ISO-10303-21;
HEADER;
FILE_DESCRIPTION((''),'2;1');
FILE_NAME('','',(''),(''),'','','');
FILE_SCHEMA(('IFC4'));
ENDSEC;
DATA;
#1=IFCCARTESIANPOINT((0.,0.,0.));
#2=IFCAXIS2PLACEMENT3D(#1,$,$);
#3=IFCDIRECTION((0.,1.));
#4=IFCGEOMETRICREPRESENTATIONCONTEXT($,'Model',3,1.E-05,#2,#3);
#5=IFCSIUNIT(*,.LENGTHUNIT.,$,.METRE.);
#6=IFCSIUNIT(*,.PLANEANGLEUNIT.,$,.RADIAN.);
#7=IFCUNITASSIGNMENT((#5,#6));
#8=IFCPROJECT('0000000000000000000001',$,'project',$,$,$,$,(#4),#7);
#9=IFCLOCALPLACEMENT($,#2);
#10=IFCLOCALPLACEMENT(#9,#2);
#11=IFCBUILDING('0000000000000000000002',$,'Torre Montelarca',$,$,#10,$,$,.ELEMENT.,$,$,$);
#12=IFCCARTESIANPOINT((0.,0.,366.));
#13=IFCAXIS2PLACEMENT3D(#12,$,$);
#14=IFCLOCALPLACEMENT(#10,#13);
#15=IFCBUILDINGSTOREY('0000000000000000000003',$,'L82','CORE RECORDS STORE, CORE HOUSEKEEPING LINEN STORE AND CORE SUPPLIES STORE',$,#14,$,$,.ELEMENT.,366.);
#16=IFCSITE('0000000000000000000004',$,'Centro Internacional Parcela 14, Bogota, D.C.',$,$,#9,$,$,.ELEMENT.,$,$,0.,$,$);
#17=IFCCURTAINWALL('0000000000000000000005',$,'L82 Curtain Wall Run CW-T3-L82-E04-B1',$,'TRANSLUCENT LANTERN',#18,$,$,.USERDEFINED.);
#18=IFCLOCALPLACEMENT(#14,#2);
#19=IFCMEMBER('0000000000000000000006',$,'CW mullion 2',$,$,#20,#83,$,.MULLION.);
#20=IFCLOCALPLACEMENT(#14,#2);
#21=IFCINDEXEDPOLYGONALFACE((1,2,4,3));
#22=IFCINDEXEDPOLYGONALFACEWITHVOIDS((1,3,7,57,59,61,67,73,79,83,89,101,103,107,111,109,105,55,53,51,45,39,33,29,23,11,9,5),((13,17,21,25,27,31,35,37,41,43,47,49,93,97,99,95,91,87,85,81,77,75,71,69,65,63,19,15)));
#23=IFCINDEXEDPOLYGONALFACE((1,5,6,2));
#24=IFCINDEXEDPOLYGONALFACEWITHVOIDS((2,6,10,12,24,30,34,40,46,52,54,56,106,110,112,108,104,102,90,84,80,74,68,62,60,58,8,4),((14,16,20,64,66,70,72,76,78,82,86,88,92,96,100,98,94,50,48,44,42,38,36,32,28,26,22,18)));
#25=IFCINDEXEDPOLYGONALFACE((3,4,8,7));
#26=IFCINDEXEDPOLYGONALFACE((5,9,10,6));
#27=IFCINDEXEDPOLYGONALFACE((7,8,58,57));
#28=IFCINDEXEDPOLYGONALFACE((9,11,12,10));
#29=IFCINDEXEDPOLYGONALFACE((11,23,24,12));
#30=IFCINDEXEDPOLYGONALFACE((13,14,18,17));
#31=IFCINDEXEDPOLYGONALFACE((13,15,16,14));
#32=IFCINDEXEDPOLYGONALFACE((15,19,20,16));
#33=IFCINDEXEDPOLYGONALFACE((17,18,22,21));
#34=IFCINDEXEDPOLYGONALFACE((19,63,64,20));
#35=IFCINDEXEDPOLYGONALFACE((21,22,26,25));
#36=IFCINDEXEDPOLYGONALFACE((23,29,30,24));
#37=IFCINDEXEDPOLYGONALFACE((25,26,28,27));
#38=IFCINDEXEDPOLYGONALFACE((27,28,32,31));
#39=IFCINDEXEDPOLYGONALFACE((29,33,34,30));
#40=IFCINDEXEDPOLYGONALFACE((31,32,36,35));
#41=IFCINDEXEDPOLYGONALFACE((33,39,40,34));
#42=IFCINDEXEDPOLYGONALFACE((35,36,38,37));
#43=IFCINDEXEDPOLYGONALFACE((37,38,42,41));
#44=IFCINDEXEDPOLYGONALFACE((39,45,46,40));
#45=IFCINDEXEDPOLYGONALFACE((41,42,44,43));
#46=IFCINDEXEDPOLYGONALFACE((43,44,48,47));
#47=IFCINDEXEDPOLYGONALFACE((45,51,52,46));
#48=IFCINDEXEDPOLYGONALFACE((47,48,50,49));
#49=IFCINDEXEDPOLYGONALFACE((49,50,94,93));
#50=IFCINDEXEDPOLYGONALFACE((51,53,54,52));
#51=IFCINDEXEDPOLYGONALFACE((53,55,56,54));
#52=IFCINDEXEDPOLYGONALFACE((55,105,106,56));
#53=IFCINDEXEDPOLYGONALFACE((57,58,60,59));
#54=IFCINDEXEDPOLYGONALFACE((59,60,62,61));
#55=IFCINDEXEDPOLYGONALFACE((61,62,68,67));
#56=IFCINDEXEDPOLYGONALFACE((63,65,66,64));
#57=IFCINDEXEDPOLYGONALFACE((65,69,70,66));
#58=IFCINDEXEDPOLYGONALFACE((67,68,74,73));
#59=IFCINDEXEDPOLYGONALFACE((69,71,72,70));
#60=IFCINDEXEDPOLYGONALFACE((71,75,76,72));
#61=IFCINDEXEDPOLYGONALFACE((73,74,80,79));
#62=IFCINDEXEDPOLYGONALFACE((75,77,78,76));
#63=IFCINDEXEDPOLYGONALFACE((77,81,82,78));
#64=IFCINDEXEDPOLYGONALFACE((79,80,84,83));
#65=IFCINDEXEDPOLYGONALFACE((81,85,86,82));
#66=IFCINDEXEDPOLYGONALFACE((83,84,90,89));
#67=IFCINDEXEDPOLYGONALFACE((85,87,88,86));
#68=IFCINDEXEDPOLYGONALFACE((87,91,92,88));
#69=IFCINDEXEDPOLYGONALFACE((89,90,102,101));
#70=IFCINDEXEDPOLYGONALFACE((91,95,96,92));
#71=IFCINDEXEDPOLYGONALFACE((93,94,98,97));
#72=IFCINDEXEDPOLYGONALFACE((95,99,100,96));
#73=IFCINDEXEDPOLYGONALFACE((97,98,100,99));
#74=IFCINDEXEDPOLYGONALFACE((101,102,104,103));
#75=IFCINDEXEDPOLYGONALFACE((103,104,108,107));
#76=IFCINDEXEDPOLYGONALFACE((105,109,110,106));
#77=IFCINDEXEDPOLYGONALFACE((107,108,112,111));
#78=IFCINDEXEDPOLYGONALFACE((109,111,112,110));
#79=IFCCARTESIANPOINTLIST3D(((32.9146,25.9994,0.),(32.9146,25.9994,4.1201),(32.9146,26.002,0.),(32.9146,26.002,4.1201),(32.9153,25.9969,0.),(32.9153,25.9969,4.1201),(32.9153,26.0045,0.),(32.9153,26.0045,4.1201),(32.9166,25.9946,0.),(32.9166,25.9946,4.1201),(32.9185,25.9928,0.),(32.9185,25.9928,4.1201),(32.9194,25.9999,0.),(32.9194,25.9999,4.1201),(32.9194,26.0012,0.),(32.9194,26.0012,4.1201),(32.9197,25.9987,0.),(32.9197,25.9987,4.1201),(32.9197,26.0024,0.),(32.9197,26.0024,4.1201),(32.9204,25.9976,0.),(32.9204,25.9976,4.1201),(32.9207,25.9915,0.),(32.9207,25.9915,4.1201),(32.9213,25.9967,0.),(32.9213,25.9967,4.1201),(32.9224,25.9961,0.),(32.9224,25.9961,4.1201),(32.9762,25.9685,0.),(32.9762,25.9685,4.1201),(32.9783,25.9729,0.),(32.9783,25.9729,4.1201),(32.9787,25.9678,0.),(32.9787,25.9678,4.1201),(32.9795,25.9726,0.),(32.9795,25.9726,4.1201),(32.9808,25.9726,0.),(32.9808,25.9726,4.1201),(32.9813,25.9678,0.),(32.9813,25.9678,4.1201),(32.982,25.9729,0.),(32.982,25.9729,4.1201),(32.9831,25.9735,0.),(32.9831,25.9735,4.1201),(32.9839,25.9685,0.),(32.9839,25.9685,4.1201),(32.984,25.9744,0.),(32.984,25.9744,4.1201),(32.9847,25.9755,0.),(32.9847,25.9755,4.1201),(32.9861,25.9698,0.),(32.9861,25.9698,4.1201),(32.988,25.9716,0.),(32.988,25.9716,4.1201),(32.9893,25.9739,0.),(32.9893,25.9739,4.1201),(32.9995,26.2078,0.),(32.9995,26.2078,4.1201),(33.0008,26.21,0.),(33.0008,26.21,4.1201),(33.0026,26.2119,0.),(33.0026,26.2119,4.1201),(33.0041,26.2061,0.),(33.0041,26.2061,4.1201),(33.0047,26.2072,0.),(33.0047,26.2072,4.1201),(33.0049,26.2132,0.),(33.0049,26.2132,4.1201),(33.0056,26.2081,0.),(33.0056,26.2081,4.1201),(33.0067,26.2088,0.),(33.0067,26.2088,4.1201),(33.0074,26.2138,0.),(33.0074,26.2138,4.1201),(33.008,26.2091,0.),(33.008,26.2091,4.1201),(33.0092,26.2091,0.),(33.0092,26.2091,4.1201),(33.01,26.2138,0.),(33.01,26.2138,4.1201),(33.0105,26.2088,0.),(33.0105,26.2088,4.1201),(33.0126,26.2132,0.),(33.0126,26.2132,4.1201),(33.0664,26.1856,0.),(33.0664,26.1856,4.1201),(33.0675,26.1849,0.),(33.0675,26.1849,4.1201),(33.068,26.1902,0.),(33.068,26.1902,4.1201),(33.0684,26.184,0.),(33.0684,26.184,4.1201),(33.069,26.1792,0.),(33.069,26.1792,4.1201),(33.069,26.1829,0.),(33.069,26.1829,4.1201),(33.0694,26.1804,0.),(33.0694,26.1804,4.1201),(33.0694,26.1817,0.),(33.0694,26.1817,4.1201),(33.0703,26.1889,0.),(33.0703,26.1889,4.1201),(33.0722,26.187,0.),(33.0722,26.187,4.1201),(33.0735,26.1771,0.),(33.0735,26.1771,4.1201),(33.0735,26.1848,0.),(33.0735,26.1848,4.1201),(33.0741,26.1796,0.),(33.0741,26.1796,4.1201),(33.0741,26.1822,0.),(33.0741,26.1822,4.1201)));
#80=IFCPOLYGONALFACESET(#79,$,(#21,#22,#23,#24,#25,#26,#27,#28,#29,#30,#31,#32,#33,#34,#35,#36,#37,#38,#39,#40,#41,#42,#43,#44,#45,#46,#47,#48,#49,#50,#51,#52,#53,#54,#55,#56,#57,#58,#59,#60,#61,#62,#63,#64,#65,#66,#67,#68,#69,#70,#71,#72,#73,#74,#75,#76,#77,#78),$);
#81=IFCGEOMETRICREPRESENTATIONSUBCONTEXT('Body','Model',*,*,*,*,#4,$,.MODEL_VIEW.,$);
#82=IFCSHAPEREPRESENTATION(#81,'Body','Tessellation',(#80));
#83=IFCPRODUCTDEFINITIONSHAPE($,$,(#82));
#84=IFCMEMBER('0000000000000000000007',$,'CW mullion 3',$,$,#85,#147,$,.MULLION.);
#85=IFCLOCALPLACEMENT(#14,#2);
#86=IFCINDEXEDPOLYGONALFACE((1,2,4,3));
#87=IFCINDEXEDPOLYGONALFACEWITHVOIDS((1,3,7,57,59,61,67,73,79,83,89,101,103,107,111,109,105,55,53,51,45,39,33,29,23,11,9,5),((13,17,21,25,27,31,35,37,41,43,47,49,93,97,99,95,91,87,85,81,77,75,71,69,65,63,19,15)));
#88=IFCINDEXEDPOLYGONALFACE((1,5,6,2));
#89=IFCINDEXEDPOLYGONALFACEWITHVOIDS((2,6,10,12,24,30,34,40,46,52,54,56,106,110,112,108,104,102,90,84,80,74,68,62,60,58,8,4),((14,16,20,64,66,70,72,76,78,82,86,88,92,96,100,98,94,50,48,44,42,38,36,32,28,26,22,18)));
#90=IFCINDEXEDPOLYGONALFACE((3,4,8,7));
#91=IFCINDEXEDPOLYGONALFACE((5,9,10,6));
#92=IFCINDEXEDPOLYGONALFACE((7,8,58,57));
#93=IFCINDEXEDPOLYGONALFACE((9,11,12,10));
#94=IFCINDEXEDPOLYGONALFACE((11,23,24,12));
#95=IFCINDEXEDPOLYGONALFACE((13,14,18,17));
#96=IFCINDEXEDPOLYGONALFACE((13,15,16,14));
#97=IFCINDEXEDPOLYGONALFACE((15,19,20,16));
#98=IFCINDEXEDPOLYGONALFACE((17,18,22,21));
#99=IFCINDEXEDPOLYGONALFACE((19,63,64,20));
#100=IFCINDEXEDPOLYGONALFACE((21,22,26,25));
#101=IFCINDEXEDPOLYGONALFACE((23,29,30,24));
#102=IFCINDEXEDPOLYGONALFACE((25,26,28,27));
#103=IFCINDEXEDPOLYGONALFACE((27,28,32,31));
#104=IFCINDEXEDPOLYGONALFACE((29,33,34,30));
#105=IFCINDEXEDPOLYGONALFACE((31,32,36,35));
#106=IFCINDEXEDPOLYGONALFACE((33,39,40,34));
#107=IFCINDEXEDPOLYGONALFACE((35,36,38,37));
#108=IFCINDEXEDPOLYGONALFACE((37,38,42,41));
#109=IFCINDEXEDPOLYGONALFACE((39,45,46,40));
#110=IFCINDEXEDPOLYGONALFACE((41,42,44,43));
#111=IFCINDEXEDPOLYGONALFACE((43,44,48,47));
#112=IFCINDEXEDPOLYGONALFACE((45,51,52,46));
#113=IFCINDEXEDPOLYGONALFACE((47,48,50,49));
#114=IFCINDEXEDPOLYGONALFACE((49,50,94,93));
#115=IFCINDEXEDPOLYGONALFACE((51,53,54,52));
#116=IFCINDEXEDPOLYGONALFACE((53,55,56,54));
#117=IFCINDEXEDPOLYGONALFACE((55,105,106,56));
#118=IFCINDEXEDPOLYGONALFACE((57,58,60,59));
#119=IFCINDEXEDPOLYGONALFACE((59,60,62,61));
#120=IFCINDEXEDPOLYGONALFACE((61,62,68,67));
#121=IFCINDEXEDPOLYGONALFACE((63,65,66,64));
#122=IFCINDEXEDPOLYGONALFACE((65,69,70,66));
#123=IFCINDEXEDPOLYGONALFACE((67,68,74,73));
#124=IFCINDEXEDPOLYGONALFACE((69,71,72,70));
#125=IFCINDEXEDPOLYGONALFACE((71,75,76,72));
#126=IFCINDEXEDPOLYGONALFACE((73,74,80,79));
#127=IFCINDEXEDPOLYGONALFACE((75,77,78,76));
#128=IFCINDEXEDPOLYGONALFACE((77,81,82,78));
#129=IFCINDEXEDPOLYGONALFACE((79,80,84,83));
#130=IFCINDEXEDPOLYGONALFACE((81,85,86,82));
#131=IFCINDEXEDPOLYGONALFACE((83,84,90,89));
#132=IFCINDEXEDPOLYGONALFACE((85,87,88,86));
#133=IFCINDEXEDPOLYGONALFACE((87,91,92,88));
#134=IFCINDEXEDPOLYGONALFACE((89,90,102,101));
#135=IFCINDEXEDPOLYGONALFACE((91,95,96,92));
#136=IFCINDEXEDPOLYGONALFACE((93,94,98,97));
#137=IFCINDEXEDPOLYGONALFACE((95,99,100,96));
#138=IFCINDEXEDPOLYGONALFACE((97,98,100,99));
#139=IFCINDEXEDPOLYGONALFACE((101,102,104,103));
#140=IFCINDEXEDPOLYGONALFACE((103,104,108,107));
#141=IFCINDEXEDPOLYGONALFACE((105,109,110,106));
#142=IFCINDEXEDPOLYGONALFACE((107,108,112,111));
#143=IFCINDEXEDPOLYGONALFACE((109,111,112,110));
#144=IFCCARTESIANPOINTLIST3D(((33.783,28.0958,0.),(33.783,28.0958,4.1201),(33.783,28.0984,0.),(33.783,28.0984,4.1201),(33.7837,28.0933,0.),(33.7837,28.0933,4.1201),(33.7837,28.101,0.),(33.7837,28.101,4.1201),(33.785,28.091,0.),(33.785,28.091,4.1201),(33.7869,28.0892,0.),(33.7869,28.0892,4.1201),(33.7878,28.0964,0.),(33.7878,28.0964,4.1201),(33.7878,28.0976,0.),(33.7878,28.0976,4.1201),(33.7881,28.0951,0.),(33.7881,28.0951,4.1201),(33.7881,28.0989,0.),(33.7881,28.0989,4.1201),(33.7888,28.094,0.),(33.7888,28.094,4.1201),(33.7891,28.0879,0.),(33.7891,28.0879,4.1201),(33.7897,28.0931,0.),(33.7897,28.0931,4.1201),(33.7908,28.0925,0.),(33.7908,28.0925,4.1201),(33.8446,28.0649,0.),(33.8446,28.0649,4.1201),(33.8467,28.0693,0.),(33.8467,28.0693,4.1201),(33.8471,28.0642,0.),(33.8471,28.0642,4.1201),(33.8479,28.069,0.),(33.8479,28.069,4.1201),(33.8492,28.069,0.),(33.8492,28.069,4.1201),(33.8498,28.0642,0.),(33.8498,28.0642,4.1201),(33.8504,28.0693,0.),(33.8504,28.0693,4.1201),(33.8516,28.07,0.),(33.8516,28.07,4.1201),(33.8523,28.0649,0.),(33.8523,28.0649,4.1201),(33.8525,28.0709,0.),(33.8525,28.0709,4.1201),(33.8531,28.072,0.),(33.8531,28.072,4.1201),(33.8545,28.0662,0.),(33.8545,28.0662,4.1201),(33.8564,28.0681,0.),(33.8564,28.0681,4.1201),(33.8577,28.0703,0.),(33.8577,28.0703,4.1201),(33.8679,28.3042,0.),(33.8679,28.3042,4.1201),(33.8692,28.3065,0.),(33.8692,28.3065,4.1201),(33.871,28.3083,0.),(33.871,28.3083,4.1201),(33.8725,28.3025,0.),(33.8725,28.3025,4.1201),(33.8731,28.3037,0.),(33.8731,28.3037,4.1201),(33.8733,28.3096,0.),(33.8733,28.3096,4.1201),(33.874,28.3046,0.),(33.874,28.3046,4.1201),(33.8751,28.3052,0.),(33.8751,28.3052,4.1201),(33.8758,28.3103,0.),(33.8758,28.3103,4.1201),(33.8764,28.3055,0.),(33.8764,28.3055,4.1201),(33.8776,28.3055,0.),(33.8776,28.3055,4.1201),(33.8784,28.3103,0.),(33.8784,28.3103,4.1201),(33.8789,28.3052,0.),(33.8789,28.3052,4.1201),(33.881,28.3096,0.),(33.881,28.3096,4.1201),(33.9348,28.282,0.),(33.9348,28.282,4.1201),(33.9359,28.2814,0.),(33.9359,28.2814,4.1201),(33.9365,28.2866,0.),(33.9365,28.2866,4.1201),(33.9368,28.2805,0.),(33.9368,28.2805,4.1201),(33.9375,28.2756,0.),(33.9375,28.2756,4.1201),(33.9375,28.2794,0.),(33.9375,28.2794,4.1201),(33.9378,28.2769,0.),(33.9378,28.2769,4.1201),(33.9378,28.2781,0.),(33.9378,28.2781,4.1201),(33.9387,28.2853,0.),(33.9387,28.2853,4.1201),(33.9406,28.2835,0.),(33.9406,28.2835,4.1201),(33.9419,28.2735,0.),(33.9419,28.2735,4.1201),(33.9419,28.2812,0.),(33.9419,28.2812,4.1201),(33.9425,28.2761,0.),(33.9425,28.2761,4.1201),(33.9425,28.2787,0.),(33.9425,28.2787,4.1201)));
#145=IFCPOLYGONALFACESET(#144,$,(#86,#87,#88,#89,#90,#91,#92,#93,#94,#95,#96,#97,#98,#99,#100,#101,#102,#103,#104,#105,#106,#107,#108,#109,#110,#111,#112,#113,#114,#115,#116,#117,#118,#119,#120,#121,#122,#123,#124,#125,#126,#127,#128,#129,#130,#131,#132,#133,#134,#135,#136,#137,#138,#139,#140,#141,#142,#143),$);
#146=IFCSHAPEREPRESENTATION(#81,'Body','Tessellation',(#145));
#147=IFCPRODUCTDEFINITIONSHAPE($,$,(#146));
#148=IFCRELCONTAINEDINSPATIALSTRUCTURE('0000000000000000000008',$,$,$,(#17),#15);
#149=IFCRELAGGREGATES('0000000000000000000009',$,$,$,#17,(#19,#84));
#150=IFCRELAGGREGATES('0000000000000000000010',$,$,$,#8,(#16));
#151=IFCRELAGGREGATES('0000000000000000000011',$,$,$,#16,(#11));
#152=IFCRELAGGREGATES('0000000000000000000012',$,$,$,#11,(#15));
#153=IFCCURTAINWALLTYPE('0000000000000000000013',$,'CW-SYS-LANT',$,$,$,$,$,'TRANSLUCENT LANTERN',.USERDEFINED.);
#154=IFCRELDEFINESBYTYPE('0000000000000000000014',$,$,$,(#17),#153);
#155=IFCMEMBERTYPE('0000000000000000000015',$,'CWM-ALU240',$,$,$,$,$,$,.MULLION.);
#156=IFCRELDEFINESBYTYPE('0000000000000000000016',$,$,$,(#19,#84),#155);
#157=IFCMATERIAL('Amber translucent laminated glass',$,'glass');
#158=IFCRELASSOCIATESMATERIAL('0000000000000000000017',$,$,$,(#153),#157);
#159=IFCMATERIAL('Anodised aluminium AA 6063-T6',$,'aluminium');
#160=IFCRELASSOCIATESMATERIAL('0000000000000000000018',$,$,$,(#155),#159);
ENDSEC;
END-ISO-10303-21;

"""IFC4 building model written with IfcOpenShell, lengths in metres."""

from ifc_helpers import new_model, si_unit, direction, frame, origin, origin_2d, place, context, subcontext, project, spatial, hollow_rectangle, extrude, source, transform, mapped, material, material_profile, profile_set, type_object, element, aggregate, save


model = new_model("IFC4")

# Units and contexts
model_context = context("Model", 3, precision=1e-05, world=origin(), true_north=direction((0.0, 1.0)))
body_context = subcontext(model_context, "Body", "Model", "MODEL_VIEW")
ifc_project = project(units=[si_unit("LENGTHUNIT", "METRE"), si_unit("PLANEANGLEUNIT", "RADIAN")], contexts=[model_context])

# Site, building, storey
site_placement = place(None, origin())
site = spatial("IfcSite", under=ifc_project, at=site_placement, Name="Centro Internacional Parcela 14, Bogota, D.C.", CompositionType="ELEMENT", RefElevation=0.0)
building_placement = place(site_placement, origin())
building = spatial("IfcBuilding", under=site, at=building_placement, Name="Torre Montelarca", CompositionType="ELEMENT")
storey_placement = place(building_placement, frame((0.0, 0.0, 366.0)))
storey = spatial("IfcBuildingStorey", under=building, at=storey_placement, Name="L82", Description="CORE RECORDS STORE, CORE HOUSEKEEPING LINEN STORE AND CORE SUPPLIES STORE", CompositionType="ELEMENT", Elevation=366.0)

# Curtain wall, members
ifc_material_1 = material(Name="Amber translucent laminated glass", Category="glass")
curtain_wall_type = type_object("IfcCurtainWallType", Name="CW-SYS-LANT", ElementType="TRANSLUCENT LANTERN", PredefinedType="USERDEFINED", material=ifc_material_1)
ifc_material_2 = material(Name="Anodised aluminium AA 6063-T6", Category="aluminium")
ifc_material_profile_1 = material_profile(ifc_material_2, hollow_rectangle(XDim=0.0801, YDim=0.24, WallThickness=0.0049, InnerFilletRadius=0.0049, OuterFilletRadius=0.01, at=origin_2d()), Name="ALU80X240X5", Category="aluminium")
ifc_profile_set_1 = profile_set([ifc_material_profile_1], Name="Anodised aluminium AA 6063-T6")
member_type_1 = type_object("IfcMemberType", Name="CWM-ALU240", PredefinedType="MULLION", material=ifc_profile_set_1)
shared_shape_1 = source(origin(), body_context, "Body", "SweptSolid", [
    extrude(hollow_rectangle(XDim=0.0801, YDim=0.24, WallThickness=0.0049, InnerFilletRadius=0.0049, OuterFilletRadius=0.01, at=origin_2d()), origin(), (0.0, 0.0, 1.0), 4.1201),
])
curtain_wall_1_placement = place(storey_placement, origin())
curtain_wall_1 = element("IfcCurtainWall", 1, at=curtain_wall_1_placement, inside=storey, type_object=curtain_wall_type, Name="L82 Curtain Wall Run CW-T3-L82-E04-B1", ObjectType="TRANSLUCENT LANTERN", PredefinedType="USERDEFINED")
member_1_placement = place(storey_placement, frame((32.9944, 26.0908, 0.0), z_axis=(0.0, 0.0, 1.0), x_axis=(-0.923883, 0.382676, 0.0)))
member_1 = element("IfcMember", 2, at=member_1_placement, type_object=member_type_1, Name="CW mullion 2", PredefinedType="MULLION", context=body_context, shape_type="MappedRepresentation", body=[
    mapped(shared_shape_1, transform((0.0, 0.0, 0.0), scale=1.0)),
])
member_2_placement = place(storey_placement, frame((33.8628, 28.1873, 0.0), z_axis=(0.0, 0.0, 1.0), x_axis=(-0.923883, 0.382676, 0.0)))
member_2 = element("IfcMember", 3, at=member_2_placement, type_object=member_type_1, Name="CW mullion 3", PredefinedType="MULLION", context=body_context, shape_type="MappedRepresentation", body=[
    mapped(shared_shape_1, transform((0.0, 0.0, 0.0), scale=1.0)),
])

aggregate(curtain_wall_1, [member_1, member_2])

save(model, "model.ifc")
